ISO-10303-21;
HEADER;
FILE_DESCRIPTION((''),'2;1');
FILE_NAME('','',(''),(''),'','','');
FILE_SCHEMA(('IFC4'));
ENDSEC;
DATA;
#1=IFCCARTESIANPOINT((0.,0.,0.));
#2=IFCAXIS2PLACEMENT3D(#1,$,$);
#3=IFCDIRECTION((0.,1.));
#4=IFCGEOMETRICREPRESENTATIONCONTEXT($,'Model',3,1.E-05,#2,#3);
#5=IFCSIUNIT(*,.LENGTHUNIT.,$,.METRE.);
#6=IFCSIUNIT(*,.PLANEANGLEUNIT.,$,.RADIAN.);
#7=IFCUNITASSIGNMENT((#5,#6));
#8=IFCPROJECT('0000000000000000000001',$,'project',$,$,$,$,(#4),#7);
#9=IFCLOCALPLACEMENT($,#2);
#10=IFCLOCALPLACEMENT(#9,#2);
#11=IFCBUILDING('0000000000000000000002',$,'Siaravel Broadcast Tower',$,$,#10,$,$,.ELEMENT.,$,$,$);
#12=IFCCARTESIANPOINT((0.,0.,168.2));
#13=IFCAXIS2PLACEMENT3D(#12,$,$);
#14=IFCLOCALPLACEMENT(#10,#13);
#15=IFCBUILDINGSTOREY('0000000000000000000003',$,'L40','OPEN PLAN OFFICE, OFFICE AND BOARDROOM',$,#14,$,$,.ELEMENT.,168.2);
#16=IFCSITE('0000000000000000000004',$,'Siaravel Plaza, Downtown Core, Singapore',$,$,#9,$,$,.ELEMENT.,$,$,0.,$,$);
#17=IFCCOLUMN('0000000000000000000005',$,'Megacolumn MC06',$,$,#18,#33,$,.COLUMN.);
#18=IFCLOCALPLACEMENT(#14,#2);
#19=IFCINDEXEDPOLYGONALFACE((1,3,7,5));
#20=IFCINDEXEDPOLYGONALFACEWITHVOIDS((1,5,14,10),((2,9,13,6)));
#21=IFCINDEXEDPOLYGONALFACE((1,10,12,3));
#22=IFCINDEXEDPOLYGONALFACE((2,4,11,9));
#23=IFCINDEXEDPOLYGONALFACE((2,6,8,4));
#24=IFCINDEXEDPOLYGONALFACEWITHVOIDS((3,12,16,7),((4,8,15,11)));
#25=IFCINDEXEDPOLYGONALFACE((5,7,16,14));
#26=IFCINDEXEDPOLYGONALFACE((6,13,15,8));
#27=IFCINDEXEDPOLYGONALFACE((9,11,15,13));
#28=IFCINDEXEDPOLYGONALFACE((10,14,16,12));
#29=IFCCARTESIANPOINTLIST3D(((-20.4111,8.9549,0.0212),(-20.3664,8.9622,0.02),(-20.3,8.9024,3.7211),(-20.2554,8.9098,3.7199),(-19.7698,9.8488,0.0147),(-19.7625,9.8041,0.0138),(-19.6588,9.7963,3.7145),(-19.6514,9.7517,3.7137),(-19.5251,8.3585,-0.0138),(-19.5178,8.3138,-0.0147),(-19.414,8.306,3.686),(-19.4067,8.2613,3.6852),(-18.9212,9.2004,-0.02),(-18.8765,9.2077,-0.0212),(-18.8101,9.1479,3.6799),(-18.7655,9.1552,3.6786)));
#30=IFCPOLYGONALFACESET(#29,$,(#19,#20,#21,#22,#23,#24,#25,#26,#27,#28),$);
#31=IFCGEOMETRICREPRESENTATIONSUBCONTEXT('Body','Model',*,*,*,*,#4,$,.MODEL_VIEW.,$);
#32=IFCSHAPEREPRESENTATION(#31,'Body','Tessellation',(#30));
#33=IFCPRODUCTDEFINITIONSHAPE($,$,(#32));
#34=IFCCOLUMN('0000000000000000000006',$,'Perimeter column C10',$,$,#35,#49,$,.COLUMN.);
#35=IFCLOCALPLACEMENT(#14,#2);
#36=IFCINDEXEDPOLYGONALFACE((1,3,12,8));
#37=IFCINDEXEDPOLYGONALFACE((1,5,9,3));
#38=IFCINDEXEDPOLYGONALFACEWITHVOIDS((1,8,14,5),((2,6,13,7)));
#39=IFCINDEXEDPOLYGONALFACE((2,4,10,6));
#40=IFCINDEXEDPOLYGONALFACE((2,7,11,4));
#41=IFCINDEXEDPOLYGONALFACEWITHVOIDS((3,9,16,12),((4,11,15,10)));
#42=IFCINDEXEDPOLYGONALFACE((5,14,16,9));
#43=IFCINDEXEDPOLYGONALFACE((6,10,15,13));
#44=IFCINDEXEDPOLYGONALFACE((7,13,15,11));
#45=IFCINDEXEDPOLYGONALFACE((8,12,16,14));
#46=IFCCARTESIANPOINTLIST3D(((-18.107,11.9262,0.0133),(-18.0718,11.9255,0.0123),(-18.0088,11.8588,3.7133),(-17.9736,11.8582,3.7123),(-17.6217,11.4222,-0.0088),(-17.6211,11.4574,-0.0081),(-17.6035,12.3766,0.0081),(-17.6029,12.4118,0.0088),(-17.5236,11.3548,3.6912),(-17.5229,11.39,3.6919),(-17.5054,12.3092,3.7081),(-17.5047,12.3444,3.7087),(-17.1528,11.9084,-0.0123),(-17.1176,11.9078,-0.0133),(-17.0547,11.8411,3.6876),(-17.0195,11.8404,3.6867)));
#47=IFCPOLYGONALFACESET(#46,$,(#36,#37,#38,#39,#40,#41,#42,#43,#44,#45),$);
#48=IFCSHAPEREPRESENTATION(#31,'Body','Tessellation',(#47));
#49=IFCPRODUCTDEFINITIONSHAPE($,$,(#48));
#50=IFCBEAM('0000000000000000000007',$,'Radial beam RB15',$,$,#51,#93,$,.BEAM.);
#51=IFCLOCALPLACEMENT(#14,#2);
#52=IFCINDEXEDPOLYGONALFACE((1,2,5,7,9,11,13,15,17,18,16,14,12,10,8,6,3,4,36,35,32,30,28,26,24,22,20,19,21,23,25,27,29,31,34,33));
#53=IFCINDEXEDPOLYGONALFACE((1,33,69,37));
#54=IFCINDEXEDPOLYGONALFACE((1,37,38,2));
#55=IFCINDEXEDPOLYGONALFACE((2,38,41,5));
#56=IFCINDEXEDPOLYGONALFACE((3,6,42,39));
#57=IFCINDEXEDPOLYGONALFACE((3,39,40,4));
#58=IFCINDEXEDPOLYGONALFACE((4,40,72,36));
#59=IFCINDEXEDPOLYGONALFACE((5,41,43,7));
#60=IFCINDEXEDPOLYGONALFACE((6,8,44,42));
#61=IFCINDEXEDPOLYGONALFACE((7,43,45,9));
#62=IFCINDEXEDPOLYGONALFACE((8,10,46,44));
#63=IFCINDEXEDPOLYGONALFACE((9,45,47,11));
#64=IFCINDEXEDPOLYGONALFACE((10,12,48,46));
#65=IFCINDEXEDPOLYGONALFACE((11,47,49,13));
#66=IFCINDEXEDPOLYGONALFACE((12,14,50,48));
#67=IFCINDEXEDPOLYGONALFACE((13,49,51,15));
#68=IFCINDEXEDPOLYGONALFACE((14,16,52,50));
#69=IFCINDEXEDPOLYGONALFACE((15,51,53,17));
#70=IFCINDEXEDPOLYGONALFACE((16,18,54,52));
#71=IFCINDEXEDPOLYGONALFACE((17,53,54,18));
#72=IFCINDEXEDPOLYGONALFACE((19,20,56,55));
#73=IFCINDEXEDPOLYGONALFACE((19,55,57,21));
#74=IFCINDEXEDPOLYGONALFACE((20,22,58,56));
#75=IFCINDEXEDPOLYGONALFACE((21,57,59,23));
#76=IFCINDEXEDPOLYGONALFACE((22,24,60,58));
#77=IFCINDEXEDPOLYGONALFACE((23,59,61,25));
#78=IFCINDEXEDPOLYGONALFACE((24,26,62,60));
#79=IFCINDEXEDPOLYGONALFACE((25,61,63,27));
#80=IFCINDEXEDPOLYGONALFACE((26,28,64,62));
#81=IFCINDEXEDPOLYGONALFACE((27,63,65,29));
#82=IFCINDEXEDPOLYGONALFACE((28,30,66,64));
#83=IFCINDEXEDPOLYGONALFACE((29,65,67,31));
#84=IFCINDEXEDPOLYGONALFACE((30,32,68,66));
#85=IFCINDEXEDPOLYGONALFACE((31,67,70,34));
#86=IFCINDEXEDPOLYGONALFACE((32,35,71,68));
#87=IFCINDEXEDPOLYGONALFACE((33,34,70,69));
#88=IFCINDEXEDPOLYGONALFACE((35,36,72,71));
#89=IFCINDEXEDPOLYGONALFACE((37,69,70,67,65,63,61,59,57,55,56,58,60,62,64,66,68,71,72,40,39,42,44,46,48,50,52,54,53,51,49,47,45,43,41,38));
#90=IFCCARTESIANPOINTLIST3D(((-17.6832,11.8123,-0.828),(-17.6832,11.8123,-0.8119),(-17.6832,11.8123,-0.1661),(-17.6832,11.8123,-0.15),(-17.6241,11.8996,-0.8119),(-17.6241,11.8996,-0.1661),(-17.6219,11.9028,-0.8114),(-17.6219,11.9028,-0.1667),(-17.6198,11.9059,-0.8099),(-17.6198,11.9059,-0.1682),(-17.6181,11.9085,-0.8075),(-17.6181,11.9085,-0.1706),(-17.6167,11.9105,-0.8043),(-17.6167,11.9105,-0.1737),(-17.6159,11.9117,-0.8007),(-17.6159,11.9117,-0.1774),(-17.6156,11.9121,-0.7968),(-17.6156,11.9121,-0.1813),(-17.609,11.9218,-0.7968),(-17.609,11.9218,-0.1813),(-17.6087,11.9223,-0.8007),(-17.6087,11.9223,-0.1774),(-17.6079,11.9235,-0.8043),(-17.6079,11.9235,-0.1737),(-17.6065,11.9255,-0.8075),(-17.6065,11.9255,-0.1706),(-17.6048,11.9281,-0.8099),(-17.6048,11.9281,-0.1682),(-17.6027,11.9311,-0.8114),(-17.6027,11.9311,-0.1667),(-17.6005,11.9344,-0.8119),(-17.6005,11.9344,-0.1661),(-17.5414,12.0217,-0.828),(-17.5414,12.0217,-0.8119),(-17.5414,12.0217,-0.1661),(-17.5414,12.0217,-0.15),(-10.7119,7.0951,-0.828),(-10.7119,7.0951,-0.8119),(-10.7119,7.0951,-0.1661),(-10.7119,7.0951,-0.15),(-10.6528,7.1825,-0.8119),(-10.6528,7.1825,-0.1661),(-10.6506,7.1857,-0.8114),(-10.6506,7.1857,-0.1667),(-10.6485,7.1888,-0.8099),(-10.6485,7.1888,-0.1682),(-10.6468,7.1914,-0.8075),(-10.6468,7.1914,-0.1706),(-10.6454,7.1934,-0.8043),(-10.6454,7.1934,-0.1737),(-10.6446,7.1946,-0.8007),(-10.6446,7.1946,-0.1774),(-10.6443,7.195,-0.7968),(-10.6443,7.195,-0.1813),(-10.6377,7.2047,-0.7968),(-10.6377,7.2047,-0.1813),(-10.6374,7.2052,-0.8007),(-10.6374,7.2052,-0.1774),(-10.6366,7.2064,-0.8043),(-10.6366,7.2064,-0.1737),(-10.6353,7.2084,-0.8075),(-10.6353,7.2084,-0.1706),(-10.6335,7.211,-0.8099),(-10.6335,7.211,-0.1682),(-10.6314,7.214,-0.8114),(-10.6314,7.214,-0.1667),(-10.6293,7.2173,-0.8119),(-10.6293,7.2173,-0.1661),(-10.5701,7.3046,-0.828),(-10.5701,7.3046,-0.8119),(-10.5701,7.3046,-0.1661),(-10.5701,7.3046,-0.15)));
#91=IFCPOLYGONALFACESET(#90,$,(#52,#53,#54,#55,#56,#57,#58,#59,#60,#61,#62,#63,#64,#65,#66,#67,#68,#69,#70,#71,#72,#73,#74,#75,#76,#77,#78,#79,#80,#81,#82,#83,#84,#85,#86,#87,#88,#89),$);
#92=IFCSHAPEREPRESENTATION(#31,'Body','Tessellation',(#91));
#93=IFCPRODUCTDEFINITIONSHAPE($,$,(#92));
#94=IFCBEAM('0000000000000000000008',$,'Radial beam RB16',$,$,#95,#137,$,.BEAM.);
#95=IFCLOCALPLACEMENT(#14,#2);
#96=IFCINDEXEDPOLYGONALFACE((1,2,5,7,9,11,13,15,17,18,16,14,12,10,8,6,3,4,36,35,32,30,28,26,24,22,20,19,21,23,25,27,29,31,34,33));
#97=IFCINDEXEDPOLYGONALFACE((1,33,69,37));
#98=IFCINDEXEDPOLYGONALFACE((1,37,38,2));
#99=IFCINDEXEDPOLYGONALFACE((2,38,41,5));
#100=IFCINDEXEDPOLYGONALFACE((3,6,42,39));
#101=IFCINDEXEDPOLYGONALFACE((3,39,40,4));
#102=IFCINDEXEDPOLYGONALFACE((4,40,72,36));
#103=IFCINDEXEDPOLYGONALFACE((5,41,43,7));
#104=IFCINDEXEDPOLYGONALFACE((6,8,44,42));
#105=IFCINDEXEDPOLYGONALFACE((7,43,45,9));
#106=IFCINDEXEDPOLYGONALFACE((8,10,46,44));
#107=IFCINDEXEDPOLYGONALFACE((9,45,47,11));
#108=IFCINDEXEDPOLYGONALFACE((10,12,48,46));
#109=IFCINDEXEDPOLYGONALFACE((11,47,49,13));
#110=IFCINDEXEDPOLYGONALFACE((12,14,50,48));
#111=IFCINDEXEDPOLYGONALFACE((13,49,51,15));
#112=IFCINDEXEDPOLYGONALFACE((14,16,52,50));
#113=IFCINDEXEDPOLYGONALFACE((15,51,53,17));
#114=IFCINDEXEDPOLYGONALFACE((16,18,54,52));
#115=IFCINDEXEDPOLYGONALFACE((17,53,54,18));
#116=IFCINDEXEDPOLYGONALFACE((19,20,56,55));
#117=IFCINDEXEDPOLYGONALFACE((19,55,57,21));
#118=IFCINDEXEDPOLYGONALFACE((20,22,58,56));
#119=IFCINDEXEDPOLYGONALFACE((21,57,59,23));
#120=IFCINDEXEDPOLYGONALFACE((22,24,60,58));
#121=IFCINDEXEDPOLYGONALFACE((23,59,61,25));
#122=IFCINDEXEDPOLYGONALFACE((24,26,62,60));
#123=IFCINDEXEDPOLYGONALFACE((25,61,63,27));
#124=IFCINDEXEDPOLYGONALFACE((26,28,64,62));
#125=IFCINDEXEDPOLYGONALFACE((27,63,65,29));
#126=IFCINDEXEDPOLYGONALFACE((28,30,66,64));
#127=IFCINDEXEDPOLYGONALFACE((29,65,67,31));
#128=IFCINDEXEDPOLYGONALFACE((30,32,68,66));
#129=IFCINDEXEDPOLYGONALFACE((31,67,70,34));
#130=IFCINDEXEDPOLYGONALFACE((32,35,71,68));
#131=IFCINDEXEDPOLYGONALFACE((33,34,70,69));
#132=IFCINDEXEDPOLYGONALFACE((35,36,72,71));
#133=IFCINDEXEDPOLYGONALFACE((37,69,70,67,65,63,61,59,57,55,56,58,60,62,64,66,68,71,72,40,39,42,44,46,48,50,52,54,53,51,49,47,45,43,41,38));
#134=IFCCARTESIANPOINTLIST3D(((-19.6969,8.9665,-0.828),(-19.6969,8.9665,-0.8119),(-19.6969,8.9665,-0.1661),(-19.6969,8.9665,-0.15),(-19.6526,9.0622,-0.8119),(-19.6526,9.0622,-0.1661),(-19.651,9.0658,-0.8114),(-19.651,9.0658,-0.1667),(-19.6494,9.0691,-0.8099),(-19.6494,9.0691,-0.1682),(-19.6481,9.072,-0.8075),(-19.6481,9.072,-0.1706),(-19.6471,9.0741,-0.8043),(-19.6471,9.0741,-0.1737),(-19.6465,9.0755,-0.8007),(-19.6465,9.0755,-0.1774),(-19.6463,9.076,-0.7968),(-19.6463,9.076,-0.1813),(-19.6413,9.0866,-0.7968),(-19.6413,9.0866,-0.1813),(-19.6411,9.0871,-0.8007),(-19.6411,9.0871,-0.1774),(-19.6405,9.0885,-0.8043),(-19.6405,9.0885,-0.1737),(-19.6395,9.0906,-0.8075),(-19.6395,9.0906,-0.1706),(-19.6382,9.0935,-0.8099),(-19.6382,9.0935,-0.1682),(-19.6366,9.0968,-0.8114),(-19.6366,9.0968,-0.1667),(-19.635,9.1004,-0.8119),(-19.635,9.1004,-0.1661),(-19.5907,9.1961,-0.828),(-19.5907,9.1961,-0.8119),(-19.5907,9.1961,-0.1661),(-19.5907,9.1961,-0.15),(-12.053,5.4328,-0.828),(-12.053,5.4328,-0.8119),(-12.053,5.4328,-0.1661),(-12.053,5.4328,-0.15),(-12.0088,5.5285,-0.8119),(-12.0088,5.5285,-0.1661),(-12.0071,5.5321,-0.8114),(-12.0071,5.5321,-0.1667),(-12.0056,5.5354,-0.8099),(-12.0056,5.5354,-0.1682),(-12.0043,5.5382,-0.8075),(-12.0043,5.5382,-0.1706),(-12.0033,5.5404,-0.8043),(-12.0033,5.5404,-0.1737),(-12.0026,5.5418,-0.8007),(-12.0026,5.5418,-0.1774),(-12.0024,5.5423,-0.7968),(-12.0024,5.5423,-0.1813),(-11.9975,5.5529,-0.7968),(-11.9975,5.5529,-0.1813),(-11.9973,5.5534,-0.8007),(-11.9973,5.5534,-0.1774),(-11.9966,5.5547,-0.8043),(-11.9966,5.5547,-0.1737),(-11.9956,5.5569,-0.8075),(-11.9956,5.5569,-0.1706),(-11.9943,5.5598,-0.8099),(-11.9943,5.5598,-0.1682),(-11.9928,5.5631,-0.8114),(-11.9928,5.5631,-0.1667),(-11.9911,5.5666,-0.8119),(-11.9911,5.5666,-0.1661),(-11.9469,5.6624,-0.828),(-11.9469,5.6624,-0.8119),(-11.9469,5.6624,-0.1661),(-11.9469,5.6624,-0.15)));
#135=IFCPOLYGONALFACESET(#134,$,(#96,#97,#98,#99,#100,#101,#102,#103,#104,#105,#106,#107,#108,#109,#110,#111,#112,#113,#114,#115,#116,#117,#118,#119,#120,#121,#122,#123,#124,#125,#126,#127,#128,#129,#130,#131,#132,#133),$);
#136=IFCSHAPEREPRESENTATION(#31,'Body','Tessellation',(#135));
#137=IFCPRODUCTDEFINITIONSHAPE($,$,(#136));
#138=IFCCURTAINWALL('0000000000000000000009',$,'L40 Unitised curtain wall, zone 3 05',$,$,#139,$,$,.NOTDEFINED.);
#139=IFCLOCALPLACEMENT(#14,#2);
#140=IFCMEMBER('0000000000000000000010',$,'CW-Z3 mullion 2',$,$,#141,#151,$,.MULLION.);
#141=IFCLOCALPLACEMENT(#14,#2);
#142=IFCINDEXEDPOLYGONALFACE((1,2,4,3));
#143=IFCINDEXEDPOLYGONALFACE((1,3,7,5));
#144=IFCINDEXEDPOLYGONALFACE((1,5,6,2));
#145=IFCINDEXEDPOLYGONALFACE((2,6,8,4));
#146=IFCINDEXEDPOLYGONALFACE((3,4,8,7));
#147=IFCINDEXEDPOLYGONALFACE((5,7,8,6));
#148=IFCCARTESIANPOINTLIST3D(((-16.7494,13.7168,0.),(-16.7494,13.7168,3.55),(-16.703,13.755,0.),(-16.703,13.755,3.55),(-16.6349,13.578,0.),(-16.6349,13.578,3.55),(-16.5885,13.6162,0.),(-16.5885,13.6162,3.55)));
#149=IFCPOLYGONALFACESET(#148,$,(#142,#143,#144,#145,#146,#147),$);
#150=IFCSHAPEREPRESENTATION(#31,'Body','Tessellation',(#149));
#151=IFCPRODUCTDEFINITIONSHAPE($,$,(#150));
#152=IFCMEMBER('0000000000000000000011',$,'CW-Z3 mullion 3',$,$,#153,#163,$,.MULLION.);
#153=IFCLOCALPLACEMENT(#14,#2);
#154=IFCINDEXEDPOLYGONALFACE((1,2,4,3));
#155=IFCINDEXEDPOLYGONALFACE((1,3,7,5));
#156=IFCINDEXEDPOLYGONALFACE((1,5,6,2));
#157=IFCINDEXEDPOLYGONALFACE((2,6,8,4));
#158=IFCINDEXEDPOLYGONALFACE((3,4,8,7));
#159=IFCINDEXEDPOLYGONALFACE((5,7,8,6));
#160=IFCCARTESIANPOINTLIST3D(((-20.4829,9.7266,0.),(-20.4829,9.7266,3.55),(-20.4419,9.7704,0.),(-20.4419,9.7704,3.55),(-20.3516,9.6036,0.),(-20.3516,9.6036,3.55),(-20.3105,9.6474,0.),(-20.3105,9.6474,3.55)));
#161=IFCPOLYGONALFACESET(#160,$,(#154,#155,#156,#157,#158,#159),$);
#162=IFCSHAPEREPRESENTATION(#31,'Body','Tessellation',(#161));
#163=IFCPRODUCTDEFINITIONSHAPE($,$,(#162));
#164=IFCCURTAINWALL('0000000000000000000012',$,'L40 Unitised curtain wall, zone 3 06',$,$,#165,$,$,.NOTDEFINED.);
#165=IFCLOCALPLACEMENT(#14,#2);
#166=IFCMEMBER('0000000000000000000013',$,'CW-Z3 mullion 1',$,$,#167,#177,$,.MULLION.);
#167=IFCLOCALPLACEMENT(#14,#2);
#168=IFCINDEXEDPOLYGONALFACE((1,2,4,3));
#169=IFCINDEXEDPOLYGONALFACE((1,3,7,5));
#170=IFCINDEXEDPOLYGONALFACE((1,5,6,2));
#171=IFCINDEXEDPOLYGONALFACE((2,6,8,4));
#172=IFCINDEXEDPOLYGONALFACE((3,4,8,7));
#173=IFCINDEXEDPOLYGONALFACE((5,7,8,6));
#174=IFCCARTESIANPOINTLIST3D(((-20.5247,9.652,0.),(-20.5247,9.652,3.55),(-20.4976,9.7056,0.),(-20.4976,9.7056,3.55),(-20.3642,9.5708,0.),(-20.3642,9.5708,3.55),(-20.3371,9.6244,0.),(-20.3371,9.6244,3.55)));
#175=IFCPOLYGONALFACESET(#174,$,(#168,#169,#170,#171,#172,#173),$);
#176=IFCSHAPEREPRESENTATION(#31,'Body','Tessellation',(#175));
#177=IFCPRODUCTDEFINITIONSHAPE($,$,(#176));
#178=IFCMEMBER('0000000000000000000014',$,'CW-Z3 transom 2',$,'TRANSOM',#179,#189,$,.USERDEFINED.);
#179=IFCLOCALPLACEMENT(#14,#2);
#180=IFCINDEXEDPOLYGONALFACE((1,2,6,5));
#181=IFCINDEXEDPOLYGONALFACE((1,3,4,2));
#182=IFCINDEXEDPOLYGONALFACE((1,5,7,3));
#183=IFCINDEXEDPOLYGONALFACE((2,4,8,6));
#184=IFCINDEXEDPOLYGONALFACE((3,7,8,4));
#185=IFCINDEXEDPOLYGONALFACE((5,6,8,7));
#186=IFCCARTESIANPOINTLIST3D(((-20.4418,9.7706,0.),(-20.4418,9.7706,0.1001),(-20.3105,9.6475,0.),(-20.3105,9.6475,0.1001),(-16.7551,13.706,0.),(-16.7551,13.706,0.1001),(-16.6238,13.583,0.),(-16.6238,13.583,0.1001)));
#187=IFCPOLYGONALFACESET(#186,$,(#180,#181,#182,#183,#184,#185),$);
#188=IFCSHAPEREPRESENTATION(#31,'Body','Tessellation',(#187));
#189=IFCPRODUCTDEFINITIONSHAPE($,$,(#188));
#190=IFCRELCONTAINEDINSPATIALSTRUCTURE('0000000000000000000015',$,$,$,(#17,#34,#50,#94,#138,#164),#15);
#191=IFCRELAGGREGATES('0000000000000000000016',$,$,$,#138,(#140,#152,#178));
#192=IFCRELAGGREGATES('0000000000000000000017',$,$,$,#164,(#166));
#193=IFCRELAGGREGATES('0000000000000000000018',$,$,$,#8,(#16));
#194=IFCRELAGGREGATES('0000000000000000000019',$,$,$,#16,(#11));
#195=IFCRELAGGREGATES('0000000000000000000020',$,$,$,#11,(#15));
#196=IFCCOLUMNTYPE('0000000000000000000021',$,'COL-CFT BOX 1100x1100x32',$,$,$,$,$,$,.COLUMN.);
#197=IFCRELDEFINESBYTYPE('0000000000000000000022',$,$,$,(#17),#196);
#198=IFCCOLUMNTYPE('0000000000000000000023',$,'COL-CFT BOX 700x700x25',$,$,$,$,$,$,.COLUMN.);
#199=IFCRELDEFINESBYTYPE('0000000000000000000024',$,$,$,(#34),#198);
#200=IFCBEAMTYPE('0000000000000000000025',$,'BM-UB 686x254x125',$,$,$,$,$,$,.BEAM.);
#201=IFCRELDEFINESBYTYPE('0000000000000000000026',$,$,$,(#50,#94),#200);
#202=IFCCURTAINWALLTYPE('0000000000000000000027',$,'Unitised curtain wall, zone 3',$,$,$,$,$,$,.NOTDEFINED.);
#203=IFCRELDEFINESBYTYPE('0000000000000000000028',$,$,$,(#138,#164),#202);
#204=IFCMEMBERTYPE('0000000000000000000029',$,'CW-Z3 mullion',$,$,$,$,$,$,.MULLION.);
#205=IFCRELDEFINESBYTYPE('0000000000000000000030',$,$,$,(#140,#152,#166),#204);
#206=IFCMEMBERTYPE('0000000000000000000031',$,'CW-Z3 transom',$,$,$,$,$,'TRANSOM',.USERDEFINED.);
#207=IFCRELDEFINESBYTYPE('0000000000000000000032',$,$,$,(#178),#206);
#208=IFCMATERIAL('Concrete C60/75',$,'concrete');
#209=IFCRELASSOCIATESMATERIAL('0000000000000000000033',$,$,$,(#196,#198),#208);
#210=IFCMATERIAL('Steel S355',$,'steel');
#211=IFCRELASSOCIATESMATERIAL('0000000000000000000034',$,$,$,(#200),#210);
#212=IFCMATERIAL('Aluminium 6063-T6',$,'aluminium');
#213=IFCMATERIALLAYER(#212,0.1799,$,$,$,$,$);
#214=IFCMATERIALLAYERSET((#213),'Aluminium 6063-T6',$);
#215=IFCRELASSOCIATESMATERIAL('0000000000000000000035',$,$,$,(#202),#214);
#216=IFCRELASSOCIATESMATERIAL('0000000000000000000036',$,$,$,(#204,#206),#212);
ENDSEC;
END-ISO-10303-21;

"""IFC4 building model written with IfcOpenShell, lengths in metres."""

from ifc_helpers import new_model, si_unit, direction, frame, origin, origin_2d, place, context, subcontext, project, spatial, rectangle, hollow_rectangle, i_section, extrude, material, layer, layer_set, material_profile, profile_set, type_object, element, aggregate, save


model = new_model("IFC4")

# Units and contexts
model_context = context("Model", 3, precision=1e-05, world=origin(), true_north=direction((0.0, 1.0)))
body_context = subcontext(model_context, "Body", "Model", "MODEL_VIEW")
ifc_project = project(units=[si_unit("LENGTHUNIT", "METRE"), si_unit("PLANEANGLEUNIT", "RADIAN")], contexts=[model_context])

# Site, building, storey
site_placement = place(None, origin())
site = spatial("IfcSite", under=ifc_project, at=site_placement, Name="Siaravel Plaza, Downtown Core, Singapore", CompositionType="ELEMENT", RefElevation=0.0)
building_placement = place(site_placement, origin())
building = spatial("IfcBuilding", under=site, at=building_placement, Name="Siaravel Broadcast Tower", CompositionType="ELEMENT")
storey_placement = place(building_placement, frame((0.0, 0.0, 168.2)))
storey = spatial("IfcBuildingStorey", under=building, at=storey_placement, Name="L40", Description="OPEN PLAN OFFICE, OFFICE AND BOARDROOM", CompositionType="ELEMENT", Elevation=168.2)

# Columns
ifc_material_1 = material(Name="Concrete C60/75", Category="concrete")
ifc_material_profile_1 = material_profile(ifc_material_1, hollow_rectangle(XDim=1.1001, YDim=1.1001, WallThickness=0.032, at=origin_2d()))
ifc_profile_set_1 = profile_set([ifc_material_profile_1], Name="Concrete C60/75")
column_type_1 = type_object("IfcColumnType", Name="COL-CFT BOX 1100x1100x32", PredefinedType="COLUMN", material=ifc_profile_set_1)
column_1_placement = place(storey_placement, frame((-19.6438, 9.0813, 0.0), z_axis=(0.030007, -0.014179, 0.999449), x_axis=(0.582871, 0.812543, -0.005972)))
element("IfcColumn", 1, at=column_1_placement, inside=storey, type_object=column_type_1, Name="Megacolumn MC06", PredefinedType="COLUMN", context=body_context, shape_type="SweptSolid", body=[
    extrude(hollow_rectangle(XDim=1.1001, YDim=1.1001, WallThickness=0.032, at=origin_2d()), origin(), (0.0, 0.0, 1.0), 3.7019),
])
ifc_material_profile_2 = material_profile(ifc_material_1, hollow_rectangle(XDim=0.7, YDim=0.7, WallThickness=0.0249, at=origin_2d()))
ifc_profile_set_2 = profile_set([ifc_material_profile_2], Name="Concrete C60/75")
column_type_2 = type_object("IfcColumnType", Name="COL-CFT BOX 700x700x25", PredefinedType="COLUMN", material=ifc_profile_set_2)
column_2_placement = place(storey_placement, frame((-17.6123, 11.917, 0.0), z_axis=(0.026512, -0.018202, 0.999483), x_axis=(0.720214, 0.693722, -0.00647)))
element("IfcColumn", 2, at=column_2_placement, inside=storey, type_object=column_type_2, Name="Perimeter column C10", PredefinedType="COLUMN", context=body_context, shape_type="SweptSolid", body=[
    extrude(hollow_rectangle(XDim=0.7, YDim=0.7, WallThickness=0.0249, at=origin_2d()), origin(), (0.0, 0.0, 1.0), 3.7019),
])

# Beams
ifc_material_2 = material(Name="Steel S355", Category="steel")
ifc_material_profile_3 = material_profile(ifc_material_2, i_section(OverallWidth=0.2529, OverallDepth=0.678, WebThickness=0.0117, FlangeThickness=0.0161, FilletRadius=0.0151, at=origin_2d()))
ifc_profile_set_3 = profile_set([ifc_material_profile_3], Name="Steel S355")
beam_type = type_object("IfcBeamType", Name="BM-UB 686x254x125", PredefinedType="BEAM", material=ifc_profile_set_3)
beam_1_placement = place(storey_placement, frame((-17.6123, 11.917, -0.489), z_axis=(0.828215, -0.56041, 0.0), x_axis=(0.56041, 0.828215, 0.0)))
element("IfcBeam", 3, at=beam_1_placement, inside=storey, type_object=beam_type, Name="Radial beam RB15", PredefinedType="BEAM", context=body_context, shape_type="SweptSolid", body=[
    extrude(i_section(OverallWidth=0.2529, OverallDepth=0.678, WebThickness=0.0117, FlangeThickness=0.0161, FilletRadius=0.0151, at=origin_2d()), origin(), (0.0, 0.0, 1.0), 8.4172),
])
beam_2_placement = place(storey_placement, frame((-19.6438, 9.0813, -0.489), z_axis=(0.907698, -0.419624, 0.0), x_axis=(0.419624, 0.907698, 0.0)))
element("IfcBeam", 4, at=beam_2_placement, inside=storey, type_object=beam_type, Name="Radial beam RB16", PredefinedType="BEAM", context=body_context, shape_type="SweptSolid", body=[
    extrude(i_section(OverallWidth=0.2529, OverallDepth=0.678, WebThickness=0.0117, FlangeThickness=0.0161, FilletRadius=0.0151, at=origin_2d()), origin(), (0.0, 0.0, 1.0), 8.4211),
])

# Curtain wall, members
ifc_material_3 = material(Name="Aluminium 6063-T6", Category="aluminium")
ifc_layer_1 = layer(ifc_material_3, 0.1799)
ifc_layer_set_1 = layer_set([ifc_layer_1], Name="Aluminium 6063-T6")
curtain_wall_type = type_object("IfcCurtainWallType", Name="Unitised curtain wall, zone 3", PredefinedType="NOTDEFINED", material=ifc_layer_set_1)
curtain_wall_1_placement = place(storey_placement, origin())
curtain_wall_1 = element("IfcCurtainWall", 5, at=curtain_wall_1_placement, inside=storey, type_object=curtain_wall_type, Name="L40 Unitised curtain wall, zone 3 05", PredefinedType="NOTDEFINED")
ifc_material_profile_4 = material_profile(ifc_material_3, rectangle(XDim=0.1799, YDim=0.0601, at=origin_2d()))
ifc_profile_set_4 = profile_set([ifc_material_profile_4], Name="Aluminium 6063-T6")
member_type_1 = type_object("IfcMemberType", Name="CW-Z3 mullion", PredefinedType="MULLION", material=ifc_profile_set_4)
member_1_placement = place(storey_placement, frame((-16.6689, 13.6665, 0.0), z_axis=(0.0, 0.0, 1.0), x_axis=(0.636218, -0.771509, 0.0)))
member_1 = element("IfcMember", 6, at=member_1_placement, type_object=member_type_1, Name="CW-Z3 mullion 2", PredefinedType="MULLION", context=body_context, shape_type="SweptSolid", body=[
    extrude(rectangle(XDim=0.1799, YDim=0.0601, at=origin_2d()), origin(), (0.0, 0.0, 1.0), 3.55),
])
member_2_placement = place(storey_placement, frame((-20.3967, 9.687, 0.0), z_axis=(0.0, 0.0, 1.0), x_axis=(0.729805, -0.683655, 0.0)))
member_2 = element("IfcMember", 7, at=member_2_placement, type_object=member_type_1, Name="CW-Z3 mullion 3", PredefinedType="MULLION", context=body_context, shape_type="SweptSolid", body=[
    extrude(rectangle(XDim=0.1799, YDim=0.0601, at=origin_2d()), origin(), (0.0, 0.0, 1.0), 3.55),
])

# Curtain wall, member
curtain_wall_2_placement = place(storey_placement, origin())
curtain_wall_2 = element("IfcCurtainWall", 8, at=curtain_wall_2_placement, inside=storey, type_object=curtain_wall_type, Name="L40 Unitised curtain wall, zone 3 06", PredefinedType="NOTDEFINED")
member_3_placement = place(storey_placement, frame((-20.4309, 9.6382, 0.0), z_axis=(0.0, 0.0, 1.0), x_axis=(0.892392, -0.451261, 0.0)))
member_3 = element("IfcMember", 9, at=member_3_placement, type_object=member_type_1, Name="CW-Z3 mullion 1", PredefinedType="MULLION", context=body_context, shape_type="SweptSolid", body=[
    extrude(rectangle(XDim=0.1799, YDim=0.0601, at=origin_2d()), origin(), (0.0, 0.0, 1.0), 3.55),
])

# Member
ifc_material_profile_5 = material_profile(ifc_material_3, rectangle(XDim=0.1799, YDim=0.1001, at=origin_2d()))
ifc_profile_set_5 = profile_set([ifc_material_profile_5], Name="Aluminium 6063-T6")
member_type_2 = type_object("IfcMemberType", Name="CW-Z3 transom", ElementType="TRANSOM", PredefinedType="USERDEFINED", material=ifc_profile_set_5)
member_4_placement = place(storey_placement, frame((-16.6895, 13.6445, 0.05), z_axis=(-0.683664, -0.729797, 0.0), x_axis=(0.729797, -0.683664, 0.0)))
member_4 = element("IfcMember", 10, at=member_4_placement, type_object=member_type_2, Name="CW-Z3 transom 2", ObjectType="TRANSOM", PredefinedType="USERDEFINED", context=body_context, shape_type="SweptSolid", body=[
    extrude(rectangle(XDim=0.1799, YDim=0.1001, at=origin_2d()), origin(), (0.0, 0.0, 1.0), 5.3926),
])

aggregate(curtain_wall_1, [member_1, member_2, member_4])
aggregate(curtain_wall_2, [member_3])

save(model, "model.ifc")
